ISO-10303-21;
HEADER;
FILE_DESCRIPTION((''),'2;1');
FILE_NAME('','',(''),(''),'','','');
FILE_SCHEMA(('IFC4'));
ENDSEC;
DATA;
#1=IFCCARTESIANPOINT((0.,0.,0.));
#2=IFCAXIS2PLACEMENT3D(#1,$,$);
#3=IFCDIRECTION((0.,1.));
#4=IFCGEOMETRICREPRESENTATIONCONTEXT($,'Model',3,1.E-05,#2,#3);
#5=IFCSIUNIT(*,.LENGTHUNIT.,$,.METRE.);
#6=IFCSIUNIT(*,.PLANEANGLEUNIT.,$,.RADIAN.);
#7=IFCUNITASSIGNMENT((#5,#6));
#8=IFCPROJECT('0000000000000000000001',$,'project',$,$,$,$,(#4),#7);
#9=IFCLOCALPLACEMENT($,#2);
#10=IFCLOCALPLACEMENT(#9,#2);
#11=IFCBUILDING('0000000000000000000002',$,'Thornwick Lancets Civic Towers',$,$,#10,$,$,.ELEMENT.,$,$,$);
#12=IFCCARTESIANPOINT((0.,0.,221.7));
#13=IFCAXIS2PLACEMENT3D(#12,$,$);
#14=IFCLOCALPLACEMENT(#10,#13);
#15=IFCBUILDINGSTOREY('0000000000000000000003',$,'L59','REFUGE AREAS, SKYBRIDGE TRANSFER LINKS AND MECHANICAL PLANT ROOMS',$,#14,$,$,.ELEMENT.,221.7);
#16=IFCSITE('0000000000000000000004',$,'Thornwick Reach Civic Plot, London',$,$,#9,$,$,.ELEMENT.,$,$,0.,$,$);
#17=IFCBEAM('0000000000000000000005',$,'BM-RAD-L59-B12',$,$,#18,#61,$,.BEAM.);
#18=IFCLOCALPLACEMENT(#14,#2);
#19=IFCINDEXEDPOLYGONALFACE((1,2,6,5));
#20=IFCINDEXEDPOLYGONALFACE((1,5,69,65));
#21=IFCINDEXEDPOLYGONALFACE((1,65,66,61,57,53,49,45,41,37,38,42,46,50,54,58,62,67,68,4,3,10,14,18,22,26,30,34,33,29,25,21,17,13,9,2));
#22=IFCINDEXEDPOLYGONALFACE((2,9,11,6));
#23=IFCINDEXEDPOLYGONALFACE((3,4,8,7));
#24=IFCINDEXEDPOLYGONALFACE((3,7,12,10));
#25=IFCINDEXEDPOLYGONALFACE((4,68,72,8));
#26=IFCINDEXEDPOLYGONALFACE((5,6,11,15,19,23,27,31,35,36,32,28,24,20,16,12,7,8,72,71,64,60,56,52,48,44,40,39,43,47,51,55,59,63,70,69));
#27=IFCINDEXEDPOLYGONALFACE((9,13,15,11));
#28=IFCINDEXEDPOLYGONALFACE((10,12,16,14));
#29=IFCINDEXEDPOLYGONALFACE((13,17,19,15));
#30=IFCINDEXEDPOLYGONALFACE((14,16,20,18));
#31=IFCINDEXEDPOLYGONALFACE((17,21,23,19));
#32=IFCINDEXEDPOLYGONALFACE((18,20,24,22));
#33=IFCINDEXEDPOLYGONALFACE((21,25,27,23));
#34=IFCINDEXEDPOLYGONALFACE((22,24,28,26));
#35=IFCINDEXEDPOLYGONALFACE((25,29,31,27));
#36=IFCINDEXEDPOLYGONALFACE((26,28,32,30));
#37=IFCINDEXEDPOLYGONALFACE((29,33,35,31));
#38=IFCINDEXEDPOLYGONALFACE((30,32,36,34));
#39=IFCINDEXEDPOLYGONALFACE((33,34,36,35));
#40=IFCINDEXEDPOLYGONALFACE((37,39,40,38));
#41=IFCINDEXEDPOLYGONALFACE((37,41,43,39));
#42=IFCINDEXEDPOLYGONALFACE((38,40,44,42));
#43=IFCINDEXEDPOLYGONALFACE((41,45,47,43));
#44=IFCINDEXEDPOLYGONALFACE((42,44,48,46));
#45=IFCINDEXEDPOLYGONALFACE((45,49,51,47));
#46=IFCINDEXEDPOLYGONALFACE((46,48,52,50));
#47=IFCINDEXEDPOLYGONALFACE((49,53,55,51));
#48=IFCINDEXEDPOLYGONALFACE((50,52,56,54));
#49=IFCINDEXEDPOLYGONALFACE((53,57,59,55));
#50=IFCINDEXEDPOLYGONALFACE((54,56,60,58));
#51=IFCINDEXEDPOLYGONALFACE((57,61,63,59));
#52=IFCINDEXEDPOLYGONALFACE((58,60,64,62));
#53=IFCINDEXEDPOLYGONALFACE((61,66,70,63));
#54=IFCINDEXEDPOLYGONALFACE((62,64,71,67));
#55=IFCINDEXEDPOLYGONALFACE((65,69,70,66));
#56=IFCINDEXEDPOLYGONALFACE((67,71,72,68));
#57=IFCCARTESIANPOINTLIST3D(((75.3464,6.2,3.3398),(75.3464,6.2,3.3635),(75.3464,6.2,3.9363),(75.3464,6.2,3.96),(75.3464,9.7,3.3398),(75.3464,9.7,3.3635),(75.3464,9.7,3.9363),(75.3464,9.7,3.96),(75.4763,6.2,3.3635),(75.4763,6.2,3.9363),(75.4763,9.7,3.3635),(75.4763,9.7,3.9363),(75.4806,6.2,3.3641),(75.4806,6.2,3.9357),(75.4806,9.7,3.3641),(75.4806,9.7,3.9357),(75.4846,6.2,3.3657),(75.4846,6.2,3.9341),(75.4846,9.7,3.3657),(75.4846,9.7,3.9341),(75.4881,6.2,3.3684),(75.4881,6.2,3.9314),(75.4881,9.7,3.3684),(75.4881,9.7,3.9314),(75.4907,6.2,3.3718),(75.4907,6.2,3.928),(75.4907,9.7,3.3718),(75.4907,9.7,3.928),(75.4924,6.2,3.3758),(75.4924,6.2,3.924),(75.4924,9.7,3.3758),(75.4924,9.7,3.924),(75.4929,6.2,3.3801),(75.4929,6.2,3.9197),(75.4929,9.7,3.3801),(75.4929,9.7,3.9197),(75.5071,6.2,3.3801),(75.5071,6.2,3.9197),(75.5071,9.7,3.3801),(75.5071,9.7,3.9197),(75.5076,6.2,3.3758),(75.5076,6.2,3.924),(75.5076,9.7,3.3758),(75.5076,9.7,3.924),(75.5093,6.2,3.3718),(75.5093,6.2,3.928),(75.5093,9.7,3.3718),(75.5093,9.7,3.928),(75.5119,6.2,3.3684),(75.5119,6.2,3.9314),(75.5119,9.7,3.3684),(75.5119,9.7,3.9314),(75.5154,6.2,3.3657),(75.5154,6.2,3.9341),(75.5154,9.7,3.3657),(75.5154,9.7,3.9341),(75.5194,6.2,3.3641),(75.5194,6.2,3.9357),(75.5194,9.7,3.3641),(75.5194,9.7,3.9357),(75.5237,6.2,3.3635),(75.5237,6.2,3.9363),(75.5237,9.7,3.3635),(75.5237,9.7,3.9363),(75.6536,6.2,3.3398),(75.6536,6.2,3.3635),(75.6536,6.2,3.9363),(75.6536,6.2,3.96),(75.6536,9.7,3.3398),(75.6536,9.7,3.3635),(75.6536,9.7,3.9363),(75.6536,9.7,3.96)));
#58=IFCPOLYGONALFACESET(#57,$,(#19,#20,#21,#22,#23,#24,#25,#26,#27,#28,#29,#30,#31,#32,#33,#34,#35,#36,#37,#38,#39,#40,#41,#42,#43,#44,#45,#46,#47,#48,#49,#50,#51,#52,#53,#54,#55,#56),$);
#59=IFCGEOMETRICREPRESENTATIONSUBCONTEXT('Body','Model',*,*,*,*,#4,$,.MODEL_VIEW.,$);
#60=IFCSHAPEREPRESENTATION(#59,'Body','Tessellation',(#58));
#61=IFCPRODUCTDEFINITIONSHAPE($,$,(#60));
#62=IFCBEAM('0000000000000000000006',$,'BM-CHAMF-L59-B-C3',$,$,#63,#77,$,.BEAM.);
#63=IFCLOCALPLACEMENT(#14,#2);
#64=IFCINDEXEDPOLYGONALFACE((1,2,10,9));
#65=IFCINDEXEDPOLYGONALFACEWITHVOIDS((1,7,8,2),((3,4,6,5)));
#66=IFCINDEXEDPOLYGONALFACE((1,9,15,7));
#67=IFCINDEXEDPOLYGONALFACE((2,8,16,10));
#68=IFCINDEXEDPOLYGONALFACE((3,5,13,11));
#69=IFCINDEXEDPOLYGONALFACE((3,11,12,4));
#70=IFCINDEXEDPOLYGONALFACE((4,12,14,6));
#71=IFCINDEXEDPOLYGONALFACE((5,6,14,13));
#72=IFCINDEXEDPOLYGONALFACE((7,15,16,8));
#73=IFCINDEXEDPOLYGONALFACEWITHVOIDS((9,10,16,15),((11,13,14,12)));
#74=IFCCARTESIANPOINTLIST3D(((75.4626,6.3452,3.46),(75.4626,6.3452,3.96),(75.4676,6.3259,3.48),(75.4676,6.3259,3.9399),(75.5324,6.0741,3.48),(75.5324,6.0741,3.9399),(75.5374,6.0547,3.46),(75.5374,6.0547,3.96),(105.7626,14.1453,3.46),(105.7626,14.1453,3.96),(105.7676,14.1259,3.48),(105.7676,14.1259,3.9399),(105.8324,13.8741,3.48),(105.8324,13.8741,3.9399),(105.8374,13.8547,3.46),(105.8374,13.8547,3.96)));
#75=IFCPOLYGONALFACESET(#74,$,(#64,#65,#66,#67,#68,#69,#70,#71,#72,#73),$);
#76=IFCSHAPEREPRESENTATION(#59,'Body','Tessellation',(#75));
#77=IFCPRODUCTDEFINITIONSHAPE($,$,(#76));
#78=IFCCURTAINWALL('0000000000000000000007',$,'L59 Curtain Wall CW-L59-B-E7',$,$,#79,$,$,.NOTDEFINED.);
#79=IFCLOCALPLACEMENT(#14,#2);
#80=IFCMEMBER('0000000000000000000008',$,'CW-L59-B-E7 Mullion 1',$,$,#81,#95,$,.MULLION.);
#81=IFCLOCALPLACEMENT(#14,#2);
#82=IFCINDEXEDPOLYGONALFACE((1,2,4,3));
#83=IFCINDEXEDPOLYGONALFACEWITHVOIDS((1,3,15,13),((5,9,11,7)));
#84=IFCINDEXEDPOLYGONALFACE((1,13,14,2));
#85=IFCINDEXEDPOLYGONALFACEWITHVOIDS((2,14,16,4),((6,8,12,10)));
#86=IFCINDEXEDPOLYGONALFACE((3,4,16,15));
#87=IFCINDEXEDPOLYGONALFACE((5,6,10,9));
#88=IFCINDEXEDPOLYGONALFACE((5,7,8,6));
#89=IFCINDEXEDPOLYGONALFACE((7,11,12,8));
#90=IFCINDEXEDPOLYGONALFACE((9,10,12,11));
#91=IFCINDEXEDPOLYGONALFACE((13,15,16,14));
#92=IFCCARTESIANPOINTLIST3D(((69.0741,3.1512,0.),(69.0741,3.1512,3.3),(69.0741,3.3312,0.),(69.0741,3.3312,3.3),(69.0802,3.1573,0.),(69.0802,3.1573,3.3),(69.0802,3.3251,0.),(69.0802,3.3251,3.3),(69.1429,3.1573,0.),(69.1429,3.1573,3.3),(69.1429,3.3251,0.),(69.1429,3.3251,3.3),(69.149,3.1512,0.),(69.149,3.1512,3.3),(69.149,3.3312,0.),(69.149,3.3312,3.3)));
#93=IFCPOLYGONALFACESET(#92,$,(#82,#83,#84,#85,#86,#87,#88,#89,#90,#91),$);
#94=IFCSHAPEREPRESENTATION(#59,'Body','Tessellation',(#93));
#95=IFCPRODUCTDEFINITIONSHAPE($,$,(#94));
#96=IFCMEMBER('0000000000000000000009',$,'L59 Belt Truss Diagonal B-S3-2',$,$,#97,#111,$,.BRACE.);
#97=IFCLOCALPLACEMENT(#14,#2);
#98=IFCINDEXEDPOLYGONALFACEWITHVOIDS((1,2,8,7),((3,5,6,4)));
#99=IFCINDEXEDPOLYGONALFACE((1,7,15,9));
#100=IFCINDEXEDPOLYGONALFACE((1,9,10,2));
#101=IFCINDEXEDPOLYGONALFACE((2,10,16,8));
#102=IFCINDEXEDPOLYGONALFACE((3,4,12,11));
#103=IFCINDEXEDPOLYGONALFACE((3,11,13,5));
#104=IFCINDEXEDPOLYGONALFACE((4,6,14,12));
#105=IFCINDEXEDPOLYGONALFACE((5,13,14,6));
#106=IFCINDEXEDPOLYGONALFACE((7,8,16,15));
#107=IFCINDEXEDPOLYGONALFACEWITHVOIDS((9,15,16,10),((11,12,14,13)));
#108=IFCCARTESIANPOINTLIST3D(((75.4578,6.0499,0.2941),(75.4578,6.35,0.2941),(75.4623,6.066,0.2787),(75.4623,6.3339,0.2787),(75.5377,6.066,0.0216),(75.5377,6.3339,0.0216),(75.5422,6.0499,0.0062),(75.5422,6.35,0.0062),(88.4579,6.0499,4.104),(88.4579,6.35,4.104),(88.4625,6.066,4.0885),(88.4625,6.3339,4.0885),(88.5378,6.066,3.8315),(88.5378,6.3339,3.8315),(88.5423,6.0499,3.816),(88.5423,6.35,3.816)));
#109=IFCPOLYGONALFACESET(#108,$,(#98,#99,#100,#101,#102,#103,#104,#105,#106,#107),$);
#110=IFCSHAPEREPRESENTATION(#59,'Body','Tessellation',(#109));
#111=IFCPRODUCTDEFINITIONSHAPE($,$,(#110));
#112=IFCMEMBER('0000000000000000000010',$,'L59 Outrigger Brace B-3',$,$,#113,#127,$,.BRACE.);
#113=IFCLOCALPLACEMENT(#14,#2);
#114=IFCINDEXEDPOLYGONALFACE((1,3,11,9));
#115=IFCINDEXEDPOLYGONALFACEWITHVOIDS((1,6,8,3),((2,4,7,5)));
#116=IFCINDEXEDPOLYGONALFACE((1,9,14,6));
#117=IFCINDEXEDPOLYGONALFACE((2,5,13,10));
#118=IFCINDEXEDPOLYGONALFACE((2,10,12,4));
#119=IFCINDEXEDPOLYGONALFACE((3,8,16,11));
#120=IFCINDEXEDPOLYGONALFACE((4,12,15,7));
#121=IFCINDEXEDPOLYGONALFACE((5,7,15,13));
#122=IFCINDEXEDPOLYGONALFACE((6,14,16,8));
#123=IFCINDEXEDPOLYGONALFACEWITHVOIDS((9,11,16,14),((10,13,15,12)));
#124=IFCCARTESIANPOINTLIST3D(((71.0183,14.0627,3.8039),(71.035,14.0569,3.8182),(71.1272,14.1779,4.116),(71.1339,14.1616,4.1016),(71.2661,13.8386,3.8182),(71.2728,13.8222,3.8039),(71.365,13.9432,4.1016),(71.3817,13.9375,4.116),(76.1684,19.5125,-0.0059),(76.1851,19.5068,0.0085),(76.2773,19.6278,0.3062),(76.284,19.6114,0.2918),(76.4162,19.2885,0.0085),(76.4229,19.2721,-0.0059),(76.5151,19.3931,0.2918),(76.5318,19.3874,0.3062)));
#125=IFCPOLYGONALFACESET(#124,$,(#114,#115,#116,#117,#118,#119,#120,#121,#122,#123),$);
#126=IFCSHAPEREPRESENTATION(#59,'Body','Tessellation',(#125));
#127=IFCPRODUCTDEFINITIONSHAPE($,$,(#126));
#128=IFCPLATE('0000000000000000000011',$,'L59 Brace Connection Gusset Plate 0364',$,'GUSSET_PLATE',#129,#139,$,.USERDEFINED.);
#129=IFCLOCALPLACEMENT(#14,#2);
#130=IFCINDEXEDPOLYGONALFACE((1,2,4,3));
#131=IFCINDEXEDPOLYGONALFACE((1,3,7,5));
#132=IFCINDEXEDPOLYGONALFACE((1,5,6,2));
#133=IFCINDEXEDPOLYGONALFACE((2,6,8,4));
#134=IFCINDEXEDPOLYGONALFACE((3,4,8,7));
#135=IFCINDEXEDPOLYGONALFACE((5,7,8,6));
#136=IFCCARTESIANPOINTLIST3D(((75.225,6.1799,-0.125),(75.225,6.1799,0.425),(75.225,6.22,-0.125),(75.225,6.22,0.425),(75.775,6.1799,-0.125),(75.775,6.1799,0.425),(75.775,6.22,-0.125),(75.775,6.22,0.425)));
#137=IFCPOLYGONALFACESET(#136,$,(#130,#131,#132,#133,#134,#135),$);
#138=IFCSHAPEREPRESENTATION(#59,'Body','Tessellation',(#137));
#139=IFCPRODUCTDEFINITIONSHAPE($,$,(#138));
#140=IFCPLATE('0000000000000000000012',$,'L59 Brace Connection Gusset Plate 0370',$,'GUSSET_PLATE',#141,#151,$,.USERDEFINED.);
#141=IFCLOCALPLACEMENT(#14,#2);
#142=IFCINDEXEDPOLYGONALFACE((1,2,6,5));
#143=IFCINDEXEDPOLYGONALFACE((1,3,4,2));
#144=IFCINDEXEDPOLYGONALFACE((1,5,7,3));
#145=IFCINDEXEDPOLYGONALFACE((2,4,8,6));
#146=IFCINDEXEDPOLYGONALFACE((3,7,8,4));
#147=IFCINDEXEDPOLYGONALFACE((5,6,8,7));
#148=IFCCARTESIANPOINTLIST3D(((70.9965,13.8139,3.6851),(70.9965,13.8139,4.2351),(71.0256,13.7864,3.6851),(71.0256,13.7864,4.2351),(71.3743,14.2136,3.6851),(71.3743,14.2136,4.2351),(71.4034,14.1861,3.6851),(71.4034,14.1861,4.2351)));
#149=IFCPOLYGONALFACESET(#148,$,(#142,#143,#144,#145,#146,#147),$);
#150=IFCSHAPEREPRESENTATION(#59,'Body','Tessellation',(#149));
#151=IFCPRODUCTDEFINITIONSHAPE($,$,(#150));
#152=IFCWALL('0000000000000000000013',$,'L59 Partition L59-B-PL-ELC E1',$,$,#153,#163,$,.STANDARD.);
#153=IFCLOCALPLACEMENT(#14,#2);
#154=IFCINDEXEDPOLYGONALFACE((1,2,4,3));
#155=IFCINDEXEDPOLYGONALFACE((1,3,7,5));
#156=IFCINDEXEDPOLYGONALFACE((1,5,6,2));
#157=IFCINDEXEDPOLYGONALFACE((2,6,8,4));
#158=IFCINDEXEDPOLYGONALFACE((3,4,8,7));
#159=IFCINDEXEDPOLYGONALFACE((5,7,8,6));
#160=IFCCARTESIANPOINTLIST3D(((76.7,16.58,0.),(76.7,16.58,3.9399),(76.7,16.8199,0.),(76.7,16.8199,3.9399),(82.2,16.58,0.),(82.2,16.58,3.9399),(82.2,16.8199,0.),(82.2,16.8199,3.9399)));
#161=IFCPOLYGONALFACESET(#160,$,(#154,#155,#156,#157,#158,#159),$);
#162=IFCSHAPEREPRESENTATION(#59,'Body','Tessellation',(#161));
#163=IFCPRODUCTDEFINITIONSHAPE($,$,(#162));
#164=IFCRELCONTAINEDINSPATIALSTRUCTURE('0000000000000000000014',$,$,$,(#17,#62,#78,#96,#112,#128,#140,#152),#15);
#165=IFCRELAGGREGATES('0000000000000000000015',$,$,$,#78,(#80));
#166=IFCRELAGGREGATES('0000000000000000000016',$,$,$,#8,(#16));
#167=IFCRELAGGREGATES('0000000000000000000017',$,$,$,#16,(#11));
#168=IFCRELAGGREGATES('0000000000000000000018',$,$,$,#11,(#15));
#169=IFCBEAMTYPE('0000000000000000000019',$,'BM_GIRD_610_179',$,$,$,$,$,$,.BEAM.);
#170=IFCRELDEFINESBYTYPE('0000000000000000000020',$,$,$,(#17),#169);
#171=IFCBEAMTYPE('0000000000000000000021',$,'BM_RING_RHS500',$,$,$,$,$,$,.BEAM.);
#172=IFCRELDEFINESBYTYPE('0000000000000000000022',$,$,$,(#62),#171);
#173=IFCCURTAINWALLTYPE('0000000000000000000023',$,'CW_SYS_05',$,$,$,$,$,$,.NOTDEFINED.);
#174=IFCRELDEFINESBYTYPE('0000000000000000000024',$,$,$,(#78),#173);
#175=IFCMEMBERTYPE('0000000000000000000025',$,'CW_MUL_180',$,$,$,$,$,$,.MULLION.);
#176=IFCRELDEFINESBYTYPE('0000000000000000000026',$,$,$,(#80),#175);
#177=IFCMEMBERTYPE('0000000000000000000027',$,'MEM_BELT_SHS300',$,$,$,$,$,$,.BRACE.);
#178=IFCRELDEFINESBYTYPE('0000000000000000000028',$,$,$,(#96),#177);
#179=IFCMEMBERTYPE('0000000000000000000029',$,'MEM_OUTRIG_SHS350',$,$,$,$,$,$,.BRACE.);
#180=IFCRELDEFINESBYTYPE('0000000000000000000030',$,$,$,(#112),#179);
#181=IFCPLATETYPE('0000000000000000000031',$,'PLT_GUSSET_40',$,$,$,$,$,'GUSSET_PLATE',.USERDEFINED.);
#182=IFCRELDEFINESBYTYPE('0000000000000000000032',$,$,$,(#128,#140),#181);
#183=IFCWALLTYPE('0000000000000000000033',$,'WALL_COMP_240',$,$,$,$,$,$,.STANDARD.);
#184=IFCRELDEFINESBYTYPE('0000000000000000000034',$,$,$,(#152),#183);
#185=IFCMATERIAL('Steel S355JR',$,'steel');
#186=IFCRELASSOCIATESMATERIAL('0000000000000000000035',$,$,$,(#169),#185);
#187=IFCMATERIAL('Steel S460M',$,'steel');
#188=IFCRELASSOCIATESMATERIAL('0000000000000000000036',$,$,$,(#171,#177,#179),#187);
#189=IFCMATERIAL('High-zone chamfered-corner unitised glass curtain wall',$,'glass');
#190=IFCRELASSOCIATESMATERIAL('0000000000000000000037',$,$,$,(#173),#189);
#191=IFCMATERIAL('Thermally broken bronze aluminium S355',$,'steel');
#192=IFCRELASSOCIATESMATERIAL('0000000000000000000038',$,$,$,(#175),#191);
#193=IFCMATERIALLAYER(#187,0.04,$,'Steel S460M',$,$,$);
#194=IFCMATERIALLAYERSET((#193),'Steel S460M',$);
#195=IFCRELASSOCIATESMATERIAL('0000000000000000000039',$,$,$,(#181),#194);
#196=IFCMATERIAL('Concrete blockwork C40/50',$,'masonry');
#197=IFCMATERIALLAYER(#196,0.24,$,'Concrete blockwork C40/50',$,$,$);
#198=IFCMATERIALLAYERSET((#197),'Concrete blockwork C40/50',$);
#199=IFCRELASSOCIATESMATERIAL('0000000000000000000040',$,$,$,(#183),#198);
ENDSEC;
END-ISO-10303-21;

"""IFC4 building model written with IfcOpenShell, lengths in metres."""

from ifc_helpers import new_model, si_unit, direction, frame, frame_2d, origin, origin_2d, place, context, subcontext, project, spatial, rectangle, hollow_rectangle, i_section, extrude, material, layer, layer_set, material_profile, profile_set, type_object, element, aggregate, save


model = new_model("IFC4")

# Units and contexts
model_context = context("Model", 3, precision=1e-05, world=origin(), true_north=direction((0.0, 1.0)))
body_context = subcontext(model_context, "Body", "Model", "MODEL_VIEW")
ifc_project = project(units=[si_unit("LENGTHUNIT", "METRE"), si_unit("PLANEANGLEUNIT", "RADIAN")], contexts=[model_context])

# Site, building, storey
site_placement = place(None, origin())
site = spatial("IfcSite", under=ifc_project, at=site_placement, Name="Thornwick Reach Civic Plot, London", CompositionType="ELEMENT", RefElevation=0.0)
building_placement = place(site_placement, origin())
building = spatial("IfcBuilding", under=site, at=building_placement, Name="Thornwick Lancets Civic Towers", CompositionType="ELEMENT")
storey_placement = place(building_placement, frame((0.0, 0.0, 221.7)))
storey = spatial("IfcBuildingStorey", under=building, at=storey_placement, Name="L59", Description="REFUGE AREAS, SKYBRIDGE TRANSFER LINKS AND MECHANICAL PLANT ROOMS", CompositionType="ELEMENT", Elevation=221.7)

# Shared definitions
ifc_material_1 = material(Name="Steel S355JR", Category="steel")

# Beams
ifc_material_profile_1 = material_profile(ifc_material_1, i_section(OverallWidth=0.3071, OverallDepth=0.6201, WebThickness=0.0142, FlangeThickness=0.0237, FilletRadius=0.0166, at=origin_2d()), Name="UKB 610x305x179")
ifc_profile_set_1 = profile_set([ifc_material_profile_1], Name="Steel S355JR")
beam_type_1 = type_object("IfcBeamType", Name="BM_GIRD_610_179", PredefinedType="BEAM", material=ifc_profile_set_1)
for number, where, z_axis, x_axis, name in (
    (1, (75.5, 9.7, 3.6499), (0.0, -1.0, 0.0), (1.0, 0.0, 0.0), "BM-RAD-L59-B12"),
):
    element("IfcBeam", number, at=place(storey_placement, frame(where, z_axis=z_axis, x_axis=x_axis)), inside=storey, type_object=beam_type_1, Name=name, PredefinedType="BEAM", context=body_context, shape_type="SweptSolid", body=[
        extrude(i_section(OverallWidth=0.3071, OverallDepth=0.6201, WebThickness=0.0142, FlangeThickness=0.0237, FilletRadius=0.0166, at=origin_2d()), origin(), (0.0, 0.0, 1.0), 3.5),
    ])
ifc_material_2 = material(Name="Steel S460M", Category="steel")
ifc_material_profile_2 = material_profile(ifc_material_2, hollow_rectangle(XDim=0.3, YDim=0.5, WallThickness=0.02, at=origin_2d()), Name="RHS 500x300x20")
ifc_profile_set_2 = profile_set([ifc_material_profile_2], Name="Steel S460M")
beam_type_2 = type_object("IfcBeamType", Name="BM_RING_RHS500", PredefinedType="BEAM", material=ifc_profile_set_2)
beam_1_placement = place(storey_placement, frame((75.5, 6.2, 3.71), z_axis=(0.968427, 0.249299, 0.0), x_axis=(-0.249299, 0.968427, 0.0)))
element("IfcBeam", 2, at=beam_1_placement, inside=storey, type_object=beam_type_2, Name="BM-CHAMF-L59-B-C3", PredefinedType="BEAM", context=body_context, shape_type="SweptSolid", body=[
    extrude(hollow_rectangle(XDim=0.3, YDim=0.5, WallThickness=0.02, at=origin_2d()), origin(), (0.0, 0.0, 1.0), 31.2878),
])

# Curtain wall, member
ifc_material_3 = material(Name="High-zone chamfered-corner unitised glass curtain wall", Category="glass")
curtain_wall_type = type_object("IfcCurtainWallType", Name="CW_SYS_05", PredefinedType="NOTDEFINED", material=ifc_material_3)
curtain_wall_placement = place(storey_placement, origin())
curtain_wall = element("IfcCurtainWall", 3, at=curtain_wall_placement, inside=storey, type_object=curtain_wall_type, Name="L59 Curtain Wall CW-L59-B-E7", PredefinedType="NOTDEFINED")
ifc_material_4 = material(Name="Thermally broken bronze aluminium S355", Category="steel")
ifc_material_profile_3 = material_profile(ifc_material_4, hollow_rectangle(XDim=0.075, YDim=0.1799, WallThickness=0.0061, at=origin_2d()), Name="RHS 180x75x6")
ifc_profile_set_3 = profile_set([ifc_material_profile_3], Name="Thermally broken bronze aluminium S355")
member_type_1 = type_object("IfcMemberType", Name="CW_MUL_180", PredefinedType="MULLION", material=ifc_profile_set_3)
member_1_placement = place(storey_placement, frame((69.1116, 3.2412, 0.0), z_axis=(0.0, 0.0, 1.0), x_axis=(1.0, 0.0, 0.0)))
member_1 = element("IfcMember", 4, at=member_1_placement, type_object=member_type_1, Name="CW-L59-B-E7 Mullion 1", PredefinedType="MULLION", context=body_context, shape_type="SweptSolid", body=[
    extrude(hollow_rectangle(XDim=0.075, YDim=0.1799, WallThickness=0.0061, at=origin_2d()), origin(), (0.0, 0.0, 1.0), 3.3),
])
aggregate(curtain_wall, [member_1])

# Members
ifc_material_profile_4 = material_profile(ifc_material_2, hollow_rectangle(XDim=0.3, YDim=0.3, WallThickness=0.0161, at=origin_2d()), Name="SHS 300x300x16")
ifc_profile_set_4 = profile_set([ifc_material_profile_4], Name="Steel S460M")
member_type_2 = type_object("IfcMemberType", Name="MEM_BELT_SHS300", PredefinedType="BRACE", material=ifc_profile_set_4)
member_2_placement = place(storey_placement, frame((75.5, 6.2, 0.1501), z_axis=(0.959639, 0.0, 0.281234), x_axis=(0.0, 1.0, 0.0)))
element("IfcMember", 5, at=member_2_placement, inside=storey, type_object=member_type_2, Name="L59 Belt Truss Diagonal B-S3-2", PredefinedType="BRACE", context=body_context, shape_type="SweptSolid", body=[
    extrude(hollow_rectangle(XDim=0.3, YDim=0.3, WallThickness=0.0161, at=origin_2d()), origin(), (0.0, 0.0, 1.0), 13.5469),
])
ifc_material_profile_5 = material_profile(ifc_material_2, hollow_rectangle(XDim=0.3501, YDim=0.3501, WallThickness=0.0161, at=origin_2d()), Name="SHS 350x350x16")
ifc_profile_set_5 = profile_set([ifc_material_profile_5], Name="Steel S460M")
member_type_3 = type_object("IfcMemberType", Name="MEM_OUTRIG_SHS350", PredefinedType="BRACE", material=ifc_profile_set_5)
member_3_placement = place(storey_placement, frame((76.3501, 19.45, 0.1501), z_axis=(-0.612329, -0.647975, 0.45297), x_axis=(0.726815, -0.686833, 0.0)))
element("IfcMember", 6, at=member_3_placement, inside=storey, type_object=member_type_3, Name="L59 Outrigger Brace B-3", PredefinedType="BRACE", context=body_context, shape_type="SweptSolid", body=[
    extrude(hollow_rectangle(XDim=0.3501, YDim=0.3501, WallThickness=0.0161, at=origin_2d()), origin(), (0.0, 0.0, 1.0), 8.4106),
])

# Plates
ifc_layer_1 = layer(ifc_material_2, 0.04, Name="Steel S460M")
ifc_layer_set_1 = layer_set([ifc_layer_1], Name="Steel S460M")
plate_type = type_object("IfcPlateType", Name="PLT_GUSSET_40", ElementType="GUSSET_PLATE", PredefinedType="USERDEFINED", material=ifc_layer_set_1)
for number, where, z_axis, x_axis, name in (
    (7, (75.5, 6.2, -0.125), (0.0, 0.0, 1.0), (1.0, 0.0, 0.0), "L59 Brace Connection Gusset Plate 0364"),
    (8, (71.2, 14.0, 3.6851), (0.0, 0.0, 1.0), (-0.686834, -0.726814, 0.0), "L59 Brace Connection Gusset Plate 0370"),
):
    element("IfcPlate", number, at=place(storey_placement, frame(where, z_axis=z_axis, x_axis=x_axis)), inside=storey, type_object=plate_type, Name=name, ObjectType="GUSSET_PLATE", PredefinedType="USERDEFINED", context=body_context, shape_type="SweptSolid", body=[
        extrude(rectangle(XDim=0.55, YDim=0.04, at=origin_2d()), origin(), (0.0, 0.0, 1.0), 0.55),
    ])

# Wall
ifc_material_5 = material(Name="Concrete blockwork C40/50", Category="masonry")
ifc_layer_2 = layer(ifc_material_5, 0.24, Name="Concrete blockwork C40/50")
ifc_layer_set_2 = layer_set([ifc_layer_2], Name="Concrete blockwork C40/50")
wall_type_1 = type_object("IfcWallType", Name="WALL_COMP_240", PredefinedType="STANDARD", material=ifc_layer_set_2)
wall_1_placement = place(storey_placement, frame((76.7, 16.7, 0.0), z_axis=(0.0, 0.0, 1.0), x_axis=(1.0, 0.0, 0.0)))
element("IfcWall", 9, at=wall_1_placement, inside=storey, type_object=wall_type_1, Name="L59 Partition L59-B-PL-ELC E1", PredefinedType="STANDARD", context=body_context, shape_type="SweptSolid", body=[
    extrude(rectangle(XDim=5.5, YDim=0.24, at=frame_2d((2.75, 0.0))), origin(), (0.0, 0.0, 1.0), 3.9399),
])

save(model, "model.ifc")
